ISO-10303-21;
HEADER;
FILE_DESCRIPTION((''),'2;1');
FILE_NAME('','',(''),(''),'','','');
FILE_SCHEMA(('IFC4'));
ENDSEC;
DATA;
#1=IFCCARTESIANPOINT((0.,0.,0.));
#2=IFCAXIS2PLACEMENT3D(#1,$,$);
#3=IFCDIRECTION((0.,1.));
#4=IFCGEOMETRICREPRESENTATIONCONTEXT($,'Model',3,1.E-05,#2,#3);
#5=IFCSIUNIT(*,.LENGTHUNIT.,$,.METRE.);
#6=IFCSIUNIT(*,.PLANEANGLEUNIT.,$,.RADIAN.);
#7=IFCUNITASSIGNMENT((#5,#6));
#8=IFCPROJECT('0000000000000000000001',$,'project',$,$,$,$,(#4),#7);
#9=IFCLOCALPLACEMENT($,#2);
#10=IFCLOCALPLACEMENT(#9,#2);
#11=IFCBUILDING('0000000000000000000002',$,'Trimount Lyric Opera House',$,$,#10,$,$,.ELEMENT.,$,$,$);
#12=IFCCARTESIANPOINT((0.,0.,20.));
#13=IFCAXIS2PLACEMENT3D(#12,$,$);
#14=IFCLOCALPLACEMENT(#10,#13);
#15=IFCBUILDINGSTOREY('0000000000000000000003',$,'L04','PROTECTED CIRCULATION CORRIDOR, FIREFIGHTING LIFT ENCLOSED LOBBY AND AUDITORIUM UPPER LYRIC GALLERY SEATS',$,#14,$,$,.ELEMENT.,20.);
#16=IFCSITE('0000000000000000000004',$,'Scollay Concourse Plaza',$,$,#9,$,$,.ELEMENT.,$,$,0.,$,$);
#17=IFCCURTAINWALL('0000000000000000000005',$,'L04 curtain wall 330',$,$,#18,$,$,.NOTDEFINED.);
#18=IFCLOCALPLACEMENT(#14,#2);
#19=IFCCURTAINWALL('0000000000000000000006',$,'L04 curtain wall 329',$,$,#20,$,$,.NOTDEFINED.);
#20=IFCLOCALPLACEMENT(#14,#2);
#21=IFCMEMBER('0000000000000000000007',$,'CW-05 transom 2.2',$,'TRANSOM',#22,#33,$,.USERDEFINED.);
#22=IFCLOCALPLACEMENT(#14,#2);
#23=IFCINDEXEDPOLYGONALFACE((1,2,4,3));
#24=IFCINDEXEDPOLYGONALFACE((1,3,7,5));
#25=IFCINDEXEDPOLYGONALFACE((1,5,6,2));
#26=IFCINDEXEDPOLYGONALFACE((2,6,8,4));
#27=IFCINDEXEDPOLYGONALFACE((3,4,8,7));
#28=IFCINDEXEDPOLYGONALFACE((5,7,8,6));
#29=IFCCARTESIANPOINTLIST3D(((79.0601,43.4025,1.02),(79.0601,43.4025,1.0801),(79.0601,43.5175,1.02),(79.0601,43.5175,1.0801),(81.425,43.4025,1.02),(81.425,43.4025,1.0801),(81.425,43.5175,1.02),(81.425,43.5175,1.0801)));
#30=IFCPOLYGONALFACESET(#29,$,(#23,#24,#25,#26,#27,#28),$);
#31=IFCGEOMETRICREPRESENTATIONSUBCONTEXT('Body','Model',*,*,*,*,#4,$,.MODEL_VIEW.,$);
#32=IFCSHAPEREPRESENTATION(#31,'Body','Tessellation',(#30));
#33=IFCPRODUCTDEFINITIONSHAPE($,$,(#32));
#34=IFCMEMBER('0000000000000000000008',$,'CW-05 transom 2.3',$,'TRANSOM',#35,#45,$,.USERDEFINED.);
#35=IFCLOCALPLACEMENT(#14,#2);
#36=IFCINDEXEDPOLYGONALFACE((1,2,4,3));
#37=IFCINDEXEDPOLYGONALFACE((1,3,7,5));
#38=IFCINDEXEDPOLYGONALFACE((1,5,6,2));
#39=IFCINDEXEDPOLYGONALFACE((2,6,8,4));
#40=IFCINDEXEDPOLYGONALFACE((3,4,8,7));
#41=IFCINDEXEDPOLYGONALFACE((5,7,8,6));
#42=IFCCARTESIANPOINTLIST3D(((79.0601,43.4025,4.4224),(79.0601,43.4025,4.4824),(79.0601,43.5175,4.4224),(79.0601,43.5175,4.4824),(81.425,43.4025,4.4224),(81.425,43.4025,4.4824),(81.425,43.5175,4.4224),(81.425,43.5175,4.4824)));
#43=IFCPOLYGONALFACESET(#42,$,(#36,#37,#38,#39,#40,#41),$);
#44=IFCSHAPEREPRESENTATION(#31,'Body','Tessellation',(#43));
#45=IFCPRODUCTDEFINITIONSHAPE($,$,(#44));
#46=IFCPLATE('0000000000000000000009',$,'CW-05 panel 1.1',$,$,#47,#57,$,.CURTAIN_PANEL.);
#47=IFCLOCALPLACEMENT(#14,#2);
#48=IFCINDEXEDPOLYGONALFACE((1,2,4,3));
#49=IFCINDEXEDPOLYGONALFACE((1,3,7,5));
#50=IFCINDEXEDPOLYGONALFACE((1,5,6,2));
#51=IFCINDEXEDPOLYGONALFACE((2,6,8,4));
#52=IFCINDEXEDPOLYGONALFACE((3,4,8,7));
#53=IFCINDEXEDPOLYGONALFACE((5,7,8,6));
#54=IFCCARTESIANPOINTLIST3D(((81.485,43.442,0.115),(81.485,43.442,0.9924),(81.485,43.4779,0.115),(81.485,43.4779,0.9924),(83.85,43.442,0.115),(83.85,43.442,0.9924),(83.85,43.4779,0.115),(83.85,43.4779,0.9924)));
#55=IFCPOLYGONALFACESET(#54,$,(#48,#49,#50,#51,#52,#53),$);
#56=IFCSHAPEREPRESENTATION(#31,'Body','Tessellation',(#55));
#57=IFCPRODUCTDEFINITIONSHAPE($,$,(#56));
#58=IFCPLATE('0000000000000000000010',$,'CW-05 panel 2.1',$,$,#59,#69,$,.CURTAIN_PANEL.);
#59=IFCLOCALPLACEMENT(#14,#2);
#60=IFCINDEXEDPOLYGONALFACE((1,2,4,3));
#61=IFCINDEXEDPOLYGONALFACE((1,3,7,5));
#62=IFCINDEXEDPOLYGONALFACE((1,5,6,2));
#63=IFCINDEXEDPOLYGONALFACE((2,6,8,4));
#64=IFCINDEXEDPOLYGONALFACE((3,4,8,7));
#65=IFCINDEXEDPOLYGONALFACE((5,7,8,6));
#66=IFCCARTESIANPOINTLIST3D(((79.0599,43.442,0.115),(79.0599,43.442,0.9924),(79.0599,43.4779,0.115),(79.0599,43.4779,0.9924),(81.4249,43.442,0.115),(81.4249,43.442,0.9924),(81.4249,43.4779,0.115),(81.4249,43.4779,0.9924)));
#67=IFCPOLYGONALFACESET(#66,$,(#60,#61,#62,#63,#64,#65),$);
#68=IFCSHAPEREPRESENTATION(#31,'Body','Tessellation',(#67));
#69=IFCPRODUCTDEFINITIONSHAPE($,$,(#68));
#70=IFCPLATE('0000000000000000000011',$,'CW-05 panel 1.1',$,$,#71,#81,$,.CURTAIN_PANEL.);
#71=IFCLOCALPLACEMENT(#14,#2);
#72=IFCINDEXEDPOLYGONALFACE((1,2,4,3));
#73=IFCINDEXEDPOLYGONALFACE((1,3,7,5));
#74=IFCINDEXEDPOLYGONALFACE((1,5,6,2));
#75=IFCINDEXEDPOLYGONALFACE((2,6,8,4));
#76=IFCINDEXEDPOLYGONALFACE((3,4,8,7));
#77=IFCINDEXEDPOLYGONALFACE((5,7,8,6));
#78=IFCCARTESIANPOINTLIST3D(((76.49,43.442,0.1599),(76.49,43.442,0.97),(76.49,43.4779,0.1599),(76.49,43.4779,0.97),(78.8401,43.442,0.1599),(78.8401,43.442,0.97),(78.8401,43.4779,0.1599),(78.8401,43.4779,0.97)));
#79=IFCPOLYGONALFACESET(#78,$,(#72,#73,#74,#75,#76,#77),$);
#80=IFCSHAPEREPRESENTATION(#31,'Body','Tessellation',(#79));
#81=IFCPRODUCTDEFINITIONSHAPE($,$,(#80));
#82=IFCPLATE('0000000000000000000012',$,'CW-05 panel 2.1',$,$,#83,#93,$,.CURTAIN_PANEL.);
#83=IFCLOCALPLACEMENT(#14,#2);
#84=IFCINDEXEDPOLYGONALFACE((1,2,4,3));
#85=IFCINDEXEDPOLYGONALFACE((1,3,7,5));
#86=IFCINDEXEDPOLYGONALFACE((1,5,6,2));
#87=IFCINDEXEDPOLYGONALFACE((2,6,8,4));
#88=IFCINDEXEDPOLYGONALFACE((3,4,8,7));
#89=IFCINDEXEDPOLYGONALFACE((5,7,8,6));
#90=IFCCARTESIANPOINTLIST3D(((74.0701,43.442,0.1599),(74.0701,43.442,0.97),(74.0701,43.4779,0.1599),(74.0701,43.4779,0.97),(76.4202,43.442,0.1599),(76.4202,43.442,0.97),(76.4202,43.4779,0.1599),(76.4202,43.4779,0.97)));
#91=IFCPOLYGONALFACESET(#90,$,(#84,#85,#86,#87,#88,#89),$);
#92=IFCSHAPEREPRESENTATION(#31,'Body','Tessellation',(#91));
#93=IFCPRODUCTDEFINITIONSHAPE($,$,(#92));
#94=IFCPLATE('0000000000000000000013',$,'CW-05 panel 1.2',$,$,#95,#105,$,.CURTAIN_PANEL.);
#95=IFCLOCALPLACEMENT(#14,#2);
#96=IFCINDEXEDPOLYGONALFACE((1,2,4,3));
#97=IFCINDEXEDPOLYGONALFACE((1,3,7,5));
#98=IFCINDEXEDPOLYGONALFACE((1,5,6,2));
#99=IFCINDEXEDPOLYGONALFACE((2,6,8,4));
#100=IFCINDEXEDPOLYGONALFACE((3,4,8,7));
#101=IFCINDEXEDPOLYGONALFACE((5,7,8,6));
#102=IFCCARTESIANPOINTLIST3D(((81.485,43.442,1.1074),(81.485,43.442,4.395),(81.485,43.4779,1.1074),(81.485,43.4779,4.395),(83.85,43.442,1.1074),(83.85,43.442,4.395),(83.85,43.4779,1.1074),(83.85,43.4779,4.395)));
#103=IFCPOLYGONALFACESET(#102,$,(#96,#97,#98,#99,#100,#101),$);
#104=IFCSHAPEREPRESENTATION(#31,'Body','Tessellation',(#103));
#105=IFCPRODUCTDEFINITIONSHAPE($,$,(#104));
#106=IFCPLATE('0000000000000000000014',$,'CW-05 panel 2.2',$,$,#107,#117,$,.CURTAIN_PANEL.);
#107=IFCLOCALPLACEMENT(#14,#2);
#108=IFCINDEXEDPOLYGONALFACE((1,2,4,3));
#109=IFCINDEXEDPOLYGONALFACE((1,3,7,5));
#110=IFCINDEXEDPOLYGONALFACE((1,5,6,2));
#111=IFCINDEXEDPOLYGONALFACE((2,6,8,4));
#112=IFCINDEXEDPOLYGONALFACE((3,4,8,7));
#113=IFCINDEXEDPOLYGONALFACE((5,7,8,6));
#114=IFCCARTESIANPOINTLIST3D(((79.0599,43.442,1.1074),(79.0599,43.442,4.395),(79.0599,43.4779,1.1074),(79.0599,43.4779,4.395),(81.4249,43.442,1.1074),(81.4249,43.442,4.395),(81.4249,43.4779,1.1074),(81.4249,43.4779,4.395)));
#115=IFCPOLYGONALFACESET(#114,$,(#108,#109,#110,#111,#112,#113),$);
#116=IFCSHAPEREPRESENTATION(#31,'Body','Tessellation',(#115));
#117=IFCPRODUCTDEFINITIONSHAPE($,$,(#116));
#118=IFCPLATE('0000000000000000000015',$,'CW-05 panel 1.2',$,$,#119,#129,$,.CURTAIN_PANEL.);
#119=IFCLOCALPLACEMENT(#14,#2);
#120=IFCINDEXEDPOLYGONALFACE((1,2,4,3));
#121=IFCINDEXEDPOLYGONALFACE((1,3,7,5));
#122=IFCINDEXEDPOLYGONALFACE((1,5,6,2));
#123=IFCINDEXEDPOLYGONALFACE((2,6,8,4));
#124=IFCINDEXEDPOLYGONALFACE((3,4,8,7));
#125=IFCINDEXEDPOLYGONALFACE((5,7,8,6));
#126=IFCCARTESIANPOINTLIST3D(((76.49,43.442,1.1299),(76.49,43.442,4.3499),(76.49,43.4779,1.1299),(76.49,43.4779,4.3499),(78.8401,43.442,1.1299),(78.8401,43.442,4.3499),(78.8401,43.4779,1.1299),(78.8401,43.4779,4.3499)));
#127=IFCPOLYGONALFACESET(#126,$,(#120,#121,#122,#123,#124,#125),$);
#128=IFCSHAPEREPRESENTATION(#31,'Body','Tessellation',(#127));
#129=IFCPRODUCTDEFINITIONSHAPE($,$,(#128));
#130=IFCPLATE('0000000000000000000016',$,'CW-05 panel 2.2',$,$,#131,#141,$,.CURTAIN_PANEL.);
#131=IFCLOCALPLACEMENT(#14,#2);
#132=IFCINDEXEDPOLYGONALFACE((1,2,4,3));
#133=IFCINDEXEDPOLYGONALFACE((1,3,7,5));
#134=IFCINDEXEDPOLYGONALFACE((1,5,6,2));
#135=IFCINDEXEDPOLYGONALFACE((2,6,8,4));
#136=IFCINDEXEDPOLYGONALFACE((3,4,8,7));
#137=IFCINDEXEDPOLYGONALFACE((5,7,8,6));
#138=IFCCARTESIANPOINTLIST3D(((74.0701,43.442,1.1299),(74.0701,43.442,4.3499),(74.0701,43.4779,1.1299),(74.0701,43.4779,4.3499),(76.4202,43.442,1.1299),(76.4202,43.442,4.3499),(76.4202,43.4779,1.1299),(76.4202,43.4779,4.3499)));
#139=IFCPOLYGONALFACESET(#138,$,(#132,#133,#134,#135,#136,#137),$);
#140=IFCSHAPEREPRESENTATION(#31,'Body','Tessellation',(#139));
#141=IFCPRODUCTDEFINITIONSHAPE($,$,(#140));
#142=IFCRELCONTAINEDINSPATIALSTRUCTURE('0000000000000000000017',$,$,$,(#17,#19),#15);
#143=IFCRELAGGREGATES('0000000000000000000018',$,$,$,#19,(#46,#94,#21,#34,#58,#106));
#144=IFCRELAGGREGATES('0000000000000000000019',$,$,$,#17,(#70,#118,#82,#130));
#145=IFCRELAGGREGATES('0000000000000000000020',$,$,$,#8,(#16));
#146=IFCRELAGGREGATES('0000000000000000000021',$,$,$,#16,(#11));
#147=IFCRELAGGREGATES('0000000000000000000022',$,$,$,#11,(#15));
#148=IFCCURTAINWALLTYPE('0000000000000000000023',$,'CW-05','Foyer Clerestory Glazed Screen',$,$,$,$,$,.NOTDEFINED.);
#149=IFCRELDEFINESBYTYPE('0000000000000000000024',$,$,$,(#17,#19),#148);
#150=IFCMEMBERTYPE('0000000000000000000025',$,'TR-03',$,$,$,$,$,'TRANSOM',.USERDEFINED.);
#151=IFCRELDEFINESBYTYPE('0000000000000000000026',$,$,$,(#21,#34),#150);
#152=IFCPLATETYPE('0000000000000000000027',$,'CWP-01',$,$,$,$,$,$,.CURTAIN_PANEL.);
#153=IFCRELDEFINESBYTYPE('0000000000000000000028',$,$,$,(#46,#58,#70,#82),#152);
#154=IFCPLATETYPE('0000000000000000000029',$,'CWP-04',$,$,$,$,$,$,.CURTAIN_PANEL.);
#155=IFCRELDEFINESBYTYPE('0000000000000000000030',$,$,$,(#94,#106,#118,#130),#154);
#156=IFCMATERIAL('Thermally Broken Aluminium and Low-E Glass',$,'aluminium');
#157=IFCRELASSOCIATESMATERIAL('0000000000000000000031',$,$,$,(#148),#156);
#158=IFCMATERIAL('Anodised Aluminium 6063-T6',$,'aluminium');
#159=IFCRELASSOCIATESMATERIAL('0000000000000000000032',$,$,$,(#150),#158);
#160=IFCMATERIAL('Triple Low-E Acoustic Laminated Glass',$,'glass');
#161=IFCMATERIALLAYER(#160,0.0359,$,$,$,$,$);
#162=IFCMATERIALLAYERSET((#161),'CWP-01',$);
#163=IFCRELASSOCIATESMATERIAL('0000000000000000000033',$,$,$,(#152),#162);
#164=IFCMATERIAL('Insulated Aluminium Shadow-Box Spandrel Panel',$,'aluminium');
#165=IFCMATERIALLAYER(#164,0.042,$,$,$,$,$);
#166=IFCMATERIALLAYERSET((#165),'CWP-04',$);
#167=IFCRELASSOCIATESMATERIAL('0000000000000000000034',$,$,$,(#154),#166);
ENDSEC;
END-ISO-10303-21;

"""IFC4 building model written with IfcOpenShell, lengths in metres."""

from ifc_helpers import new_model, si_unit, direction, frame, origin, origin_2d, place, context, subcontext, project, spatial, rectangle, extrude, material, layer, layer_set, material_profile, profile_set, type_object, element, aggregate, save


model = new_model("IFC4")

# Units and contexts
model_context = context("Model", 3, precision=1e-05, world=origin(), true_north=direction((0.0, 1.0)))
body_context = subcontext(model_context, "Body", "Model", "MODEL_VIEW")
ifc_project = project(units=[si_unit("LENGTHUNIT", "METRE"), si_unit("PLANEANGLEUNIT", "RADIAN")], contexts=[model_context])

# Site, building, storey
site_placement = place(None, origin())
site = spatial("IfcSite", under=ifc_project, at=site_placement, Name="Scollay Concourse Plaza", CompositionType="ELEMENT", RefElevation=0.0)
building_placement = place(site_placement, origin())
building = spatial("IfcBuilding", under=site, at=building_placement, Name="Trimount Lyric Opera House", CompositionType="ELEMENT")
storey_placement = place(building_placement, frame((0.0, 0.0, 20.0)))
storey = spatial("IfcBuildingStorey", under=building, at=storey_placement, Name="L04", Description="PROTECTED CIRCULATION CORRIDOR, FIREFIGHTING LIFT ENCLOSED LOBBY AND AUDITORIUM UPPER LYRIC GALLERY SEATS", CompositionType="ELEMENT", Elevation=20.0)

# Curtain wall
ifc_material_1 = material(Name="Thermally Broken Aluminium and Low-E Glass", Category="aluminium")
curtain_wall_type = type_object("IfcCurtainWallType", Name="CW-05", Description="Foyer Clerestory Glazed Screen", PredefinedType="NOTDEFINED", material=ifc_material_1)
curtain_wall_1_placement = place(storey_placement, origin())
curtain_wall_1 = element("IfcCurtainWall", 1, at=curtain_wall_1_placement, inside=storey, type_object=curtain_wall_type, Name="L04 curtain wall 330", PredefinedType="NOTDEFINED")

# Curtain wall
curtain_wall_2_placement = place(storey_placement, origin())
curtain_wall_2 = element("IfcCurtainWall", 2, at=curtain_wall_2_placement, inside=storey, type_object=curtain_wall_type, Name="L04 curtain wall 329", PredefinedType="NOTDEFINED")

# Members
ifc_material_2 = material(Name="Anodised Aluminium 6063-T6", Category="aluminium")
ifc_material_profile_1 = material_profile(ifc_material_2, rectangle(XDim=0.115, YDim=0.0601, at=origin_2d()), Name="ALU-TRAN-60X115")
ifc_profile_set_1 = profile_set([ifc_material_profile_1], Name="Anodised Aluminium 6063-T6")
member_type_1 = type_object("IfcMemberType", Name="TR-03", ElementType="TRANSOM", PredefinedType="USERDEFINED", material=ifc_profile_set_1)
member_1_placement = place(storey_placement, frame((81.425, 43.46, 1.05), z_axis=(-1.0, 0.0, 0.0), x_axis=(0.0, -1.0, 0.0)))
member_1 = element("IfcMember", 3, at=member_1_placement, type_object=member_type_1, Name="CW-05 transom 2.2", ObjectType="TRANSOM", PredefinedType="USERDEFINED", context=body_context, shape_type="SweptSolid", body=[
    extrude(rectangle(XDim=0.115, YDim=0.0601, at=origin_2d()), origin(), (0.0, 0.0, 1.0), 2.365),
])
member_2_placement = place(storey_placement, frame((81.425, 43.46, 4.4524), z_axis=(-1.0, 0.0, 0.0), x_axis=(0.0, -1.0, 0.0)))
member_2 = element("IfcMember", 4, at=member_2_placement, type_object=member_type_1, Name="CW-05 transom 2.3", ObjectType="TRANSOM", PredefinedType="USERDEFINED", context=body_context, shape_type="SweptSolid", body=[
    extrude(rectangle(XDim=0.115, YDim=0.0601, at=origin_2d()), origin(), (0.0, 0.0, 1.0), 2.365),
])

# Plates
ifc_material_3 = material(Name="Triple Low-E Acoustic Laminated Glass", Category="glass")
ifc_layer_1 = layer(ifc_material_3, 0.0359)
ifc_layer_set_1 = layer_set([ifc_layer_1], Name="CWP-01")
plate_type_1 = type_object("IfcPlateType", Name="CWP-01", PredefinedType="CURTAIN_PANEL", material=ifc_layer_set_1)
plate_1_placement = place(storey_placement, frame((82.6675, 43.46, 0.115), z_axis=(0.0, 0.0, 1.0), x_axis=(-1.0, 0.0, 0.0)))
plate_1 = element("IfcPlate", 5, at=plate_1_placement, type_object=plate_type_1, Name="CW-05 panel 1.1", PredefinedType="CURTAIN_PANEL", context=body_context, shape_type="SweptSolid", body=[
    extrude(rectangle(XDim=2.365, YDim=0.0359, at=origin_2d()), origin(), (0.0, 0.0, 1.0), 0.8774),
])
plate_2_placement = place(storey_placement, frame((80.2424, 43.46, 0.115), z_axis=(0.0, 0.0, 1.0), x_axis=(-1.0, 0.0, 0.0)))
plate_2 = element("IfcPlate", 6, at=plate_2_placement, type_object=plate_type_1, Name="CW-05 panel 2.1", PredefinedType="CURTAIN_PANEL", context=body_context, shape_type="SweptSolid", body=[
    extrude(rectangle(XDim=2.365, YDim=0.0359, at=origin_2d()), origin(), (0.0, 0.0, 1.0), 0.8774),
])
plate_3_placement = place(storey_placement, frame((77.665, 43.46, 0.1599), z_axis=(0.0, 0.0, 1.0), x_axis=(-1.0, 0.0, 0.0)))
plate_3 = element("IfcPlate", 7, at=plate_3_placement, type_object=plate_type_1, Name="CW-05 panel 1.1", PredefinedType="CURTAIN_PANEL", context=body_context, shape_type="SweptSolid", body=[
    extrude(rectangle(XDim=2.3501, YDim=0.0359, at=origin_2d()), origin(), (0.0, 0.0, 1.0), 0.8101),
])
plate_4_placement = place(storey_placement, frame((75.2451, 43.46, 0.1599), z_axis=(0.0, 0.0, 1.0), x_axis=(-1.0, 0.0, 0.0)))
plate_4 = element("IfcPlate", 8, at=plate_4_placement, type_object=plate_type_1, Name="CW-05 panel 2.1", PredefinedType="CURTAIN_PANEL", context=body_context, shape_type="SweptSolid", body=[
    extrude(rectangle(XDim=2.3501, YDim=0.0359, at=origin_2d()), origin(), (0.0, 0.0, 1.0), 0.8101),
])
ifc_material_4 = material(Name="Insulated Aluminium Shadow-Box Spandrel Panel", Category="aluminium")
ifc_layer_2 = layer(ifc_material_4, 0.042)
ifc_layer_set_2 = layer_set([ifc_layer_2], Name="CWP-04")
plate_type_2 = type_object("IfcPlateType", Name="CWP-04", PredefinedType="CURTAIN_PANEL", material=ifc_layer_set_2)
plate_5_placement = place(storey_placement, frame((82.6675, 43.46, 1.1074), z_axis=(0.0, 0.0, 1.0), x_axis=(-1.0, 0.0, 0.0)))
plate_5 = element("IfcPlate", 9, at=plate_5_placement, type_object=plate_type_2, Name="CW-05 panel 1.2", PredefinedType="CURTAIN_PANEL", context=body_context, shape_type="SweptSolid", body=[
    extrude(rectangle(XDim=2.365, YDim=0.0359, at=origin_2d()), origin(), (0.0, 0.0, 1.0), 3.2876),
])
plate_6_placement = place(storey_placement, frame((80.2424, 43.46, 1.1074), z_axis=(0.0, 0.0, 1.0), x_axis=(-1.0, 0.0, 0.0)))
plate_6 = element("IfcPlate", 10, at=plate_6_placement, type_object=plate_type_2, Name="CW-05 panel 2.2", PredefinedType="CURTAIN_PANEL", context=body_context, shape_type="SweptSolid", body=[
    extrude(rectangle(XDim=2.365, YDim=0.0359, at=origin_2d()), origin(), (0.0, 0.0, 1.0), 3.2876),
])
aggregate(curtain_wall_2, [plate_1, plate_5, member_1, member_2, plate_2, plate_6])
plate_7_placement = place(storey_placement, frame((77.665, 43.46, 1.1299), z_axis=(0.0, 0.0, 1.0), x_axis=(-1.0, 0.0, 0.0)))
plate_7 = element("IfcPlate", 11, at=plate_7_placement, type_object=plate_type_2, Name="CW-05 panel 1.2", PredefinedType="CURTAIN_PANEL", context=body_context, shape_type="SweptSolid", body=[
    extrude(rectangle(XDim=2.3501, YDim=0.0359, at=origin_2d()), origin(), (0.0, 0.0, 1.0), 3.22),
])
plate_8_placement = place(storey_placement, frame((75.2451, 43.46, 1.1299), z_axis=(0.0, 0.0, 1.0), x_axis=(-1.0, 0.0, 0.0)))
plate_8 = element("IfcPlate", 12, at=plate_8_placement, type_object=plate_type_2, Name="CW-05 panel 2.2", PredefinedType="CURTAIN_PANEL", context=body_context, shape_type="SweptSolid", body=[
    extrude(rectangle(XDim=2.3501, YDim=0.0359, at=origin_2d()), origin(), (0.0, 0.0, 1.0), 3.22),
])
aggregate(curtain_wall_1, [plate_3, plate_7, plate_4, plate_8])

save(model, "model.ifc")
